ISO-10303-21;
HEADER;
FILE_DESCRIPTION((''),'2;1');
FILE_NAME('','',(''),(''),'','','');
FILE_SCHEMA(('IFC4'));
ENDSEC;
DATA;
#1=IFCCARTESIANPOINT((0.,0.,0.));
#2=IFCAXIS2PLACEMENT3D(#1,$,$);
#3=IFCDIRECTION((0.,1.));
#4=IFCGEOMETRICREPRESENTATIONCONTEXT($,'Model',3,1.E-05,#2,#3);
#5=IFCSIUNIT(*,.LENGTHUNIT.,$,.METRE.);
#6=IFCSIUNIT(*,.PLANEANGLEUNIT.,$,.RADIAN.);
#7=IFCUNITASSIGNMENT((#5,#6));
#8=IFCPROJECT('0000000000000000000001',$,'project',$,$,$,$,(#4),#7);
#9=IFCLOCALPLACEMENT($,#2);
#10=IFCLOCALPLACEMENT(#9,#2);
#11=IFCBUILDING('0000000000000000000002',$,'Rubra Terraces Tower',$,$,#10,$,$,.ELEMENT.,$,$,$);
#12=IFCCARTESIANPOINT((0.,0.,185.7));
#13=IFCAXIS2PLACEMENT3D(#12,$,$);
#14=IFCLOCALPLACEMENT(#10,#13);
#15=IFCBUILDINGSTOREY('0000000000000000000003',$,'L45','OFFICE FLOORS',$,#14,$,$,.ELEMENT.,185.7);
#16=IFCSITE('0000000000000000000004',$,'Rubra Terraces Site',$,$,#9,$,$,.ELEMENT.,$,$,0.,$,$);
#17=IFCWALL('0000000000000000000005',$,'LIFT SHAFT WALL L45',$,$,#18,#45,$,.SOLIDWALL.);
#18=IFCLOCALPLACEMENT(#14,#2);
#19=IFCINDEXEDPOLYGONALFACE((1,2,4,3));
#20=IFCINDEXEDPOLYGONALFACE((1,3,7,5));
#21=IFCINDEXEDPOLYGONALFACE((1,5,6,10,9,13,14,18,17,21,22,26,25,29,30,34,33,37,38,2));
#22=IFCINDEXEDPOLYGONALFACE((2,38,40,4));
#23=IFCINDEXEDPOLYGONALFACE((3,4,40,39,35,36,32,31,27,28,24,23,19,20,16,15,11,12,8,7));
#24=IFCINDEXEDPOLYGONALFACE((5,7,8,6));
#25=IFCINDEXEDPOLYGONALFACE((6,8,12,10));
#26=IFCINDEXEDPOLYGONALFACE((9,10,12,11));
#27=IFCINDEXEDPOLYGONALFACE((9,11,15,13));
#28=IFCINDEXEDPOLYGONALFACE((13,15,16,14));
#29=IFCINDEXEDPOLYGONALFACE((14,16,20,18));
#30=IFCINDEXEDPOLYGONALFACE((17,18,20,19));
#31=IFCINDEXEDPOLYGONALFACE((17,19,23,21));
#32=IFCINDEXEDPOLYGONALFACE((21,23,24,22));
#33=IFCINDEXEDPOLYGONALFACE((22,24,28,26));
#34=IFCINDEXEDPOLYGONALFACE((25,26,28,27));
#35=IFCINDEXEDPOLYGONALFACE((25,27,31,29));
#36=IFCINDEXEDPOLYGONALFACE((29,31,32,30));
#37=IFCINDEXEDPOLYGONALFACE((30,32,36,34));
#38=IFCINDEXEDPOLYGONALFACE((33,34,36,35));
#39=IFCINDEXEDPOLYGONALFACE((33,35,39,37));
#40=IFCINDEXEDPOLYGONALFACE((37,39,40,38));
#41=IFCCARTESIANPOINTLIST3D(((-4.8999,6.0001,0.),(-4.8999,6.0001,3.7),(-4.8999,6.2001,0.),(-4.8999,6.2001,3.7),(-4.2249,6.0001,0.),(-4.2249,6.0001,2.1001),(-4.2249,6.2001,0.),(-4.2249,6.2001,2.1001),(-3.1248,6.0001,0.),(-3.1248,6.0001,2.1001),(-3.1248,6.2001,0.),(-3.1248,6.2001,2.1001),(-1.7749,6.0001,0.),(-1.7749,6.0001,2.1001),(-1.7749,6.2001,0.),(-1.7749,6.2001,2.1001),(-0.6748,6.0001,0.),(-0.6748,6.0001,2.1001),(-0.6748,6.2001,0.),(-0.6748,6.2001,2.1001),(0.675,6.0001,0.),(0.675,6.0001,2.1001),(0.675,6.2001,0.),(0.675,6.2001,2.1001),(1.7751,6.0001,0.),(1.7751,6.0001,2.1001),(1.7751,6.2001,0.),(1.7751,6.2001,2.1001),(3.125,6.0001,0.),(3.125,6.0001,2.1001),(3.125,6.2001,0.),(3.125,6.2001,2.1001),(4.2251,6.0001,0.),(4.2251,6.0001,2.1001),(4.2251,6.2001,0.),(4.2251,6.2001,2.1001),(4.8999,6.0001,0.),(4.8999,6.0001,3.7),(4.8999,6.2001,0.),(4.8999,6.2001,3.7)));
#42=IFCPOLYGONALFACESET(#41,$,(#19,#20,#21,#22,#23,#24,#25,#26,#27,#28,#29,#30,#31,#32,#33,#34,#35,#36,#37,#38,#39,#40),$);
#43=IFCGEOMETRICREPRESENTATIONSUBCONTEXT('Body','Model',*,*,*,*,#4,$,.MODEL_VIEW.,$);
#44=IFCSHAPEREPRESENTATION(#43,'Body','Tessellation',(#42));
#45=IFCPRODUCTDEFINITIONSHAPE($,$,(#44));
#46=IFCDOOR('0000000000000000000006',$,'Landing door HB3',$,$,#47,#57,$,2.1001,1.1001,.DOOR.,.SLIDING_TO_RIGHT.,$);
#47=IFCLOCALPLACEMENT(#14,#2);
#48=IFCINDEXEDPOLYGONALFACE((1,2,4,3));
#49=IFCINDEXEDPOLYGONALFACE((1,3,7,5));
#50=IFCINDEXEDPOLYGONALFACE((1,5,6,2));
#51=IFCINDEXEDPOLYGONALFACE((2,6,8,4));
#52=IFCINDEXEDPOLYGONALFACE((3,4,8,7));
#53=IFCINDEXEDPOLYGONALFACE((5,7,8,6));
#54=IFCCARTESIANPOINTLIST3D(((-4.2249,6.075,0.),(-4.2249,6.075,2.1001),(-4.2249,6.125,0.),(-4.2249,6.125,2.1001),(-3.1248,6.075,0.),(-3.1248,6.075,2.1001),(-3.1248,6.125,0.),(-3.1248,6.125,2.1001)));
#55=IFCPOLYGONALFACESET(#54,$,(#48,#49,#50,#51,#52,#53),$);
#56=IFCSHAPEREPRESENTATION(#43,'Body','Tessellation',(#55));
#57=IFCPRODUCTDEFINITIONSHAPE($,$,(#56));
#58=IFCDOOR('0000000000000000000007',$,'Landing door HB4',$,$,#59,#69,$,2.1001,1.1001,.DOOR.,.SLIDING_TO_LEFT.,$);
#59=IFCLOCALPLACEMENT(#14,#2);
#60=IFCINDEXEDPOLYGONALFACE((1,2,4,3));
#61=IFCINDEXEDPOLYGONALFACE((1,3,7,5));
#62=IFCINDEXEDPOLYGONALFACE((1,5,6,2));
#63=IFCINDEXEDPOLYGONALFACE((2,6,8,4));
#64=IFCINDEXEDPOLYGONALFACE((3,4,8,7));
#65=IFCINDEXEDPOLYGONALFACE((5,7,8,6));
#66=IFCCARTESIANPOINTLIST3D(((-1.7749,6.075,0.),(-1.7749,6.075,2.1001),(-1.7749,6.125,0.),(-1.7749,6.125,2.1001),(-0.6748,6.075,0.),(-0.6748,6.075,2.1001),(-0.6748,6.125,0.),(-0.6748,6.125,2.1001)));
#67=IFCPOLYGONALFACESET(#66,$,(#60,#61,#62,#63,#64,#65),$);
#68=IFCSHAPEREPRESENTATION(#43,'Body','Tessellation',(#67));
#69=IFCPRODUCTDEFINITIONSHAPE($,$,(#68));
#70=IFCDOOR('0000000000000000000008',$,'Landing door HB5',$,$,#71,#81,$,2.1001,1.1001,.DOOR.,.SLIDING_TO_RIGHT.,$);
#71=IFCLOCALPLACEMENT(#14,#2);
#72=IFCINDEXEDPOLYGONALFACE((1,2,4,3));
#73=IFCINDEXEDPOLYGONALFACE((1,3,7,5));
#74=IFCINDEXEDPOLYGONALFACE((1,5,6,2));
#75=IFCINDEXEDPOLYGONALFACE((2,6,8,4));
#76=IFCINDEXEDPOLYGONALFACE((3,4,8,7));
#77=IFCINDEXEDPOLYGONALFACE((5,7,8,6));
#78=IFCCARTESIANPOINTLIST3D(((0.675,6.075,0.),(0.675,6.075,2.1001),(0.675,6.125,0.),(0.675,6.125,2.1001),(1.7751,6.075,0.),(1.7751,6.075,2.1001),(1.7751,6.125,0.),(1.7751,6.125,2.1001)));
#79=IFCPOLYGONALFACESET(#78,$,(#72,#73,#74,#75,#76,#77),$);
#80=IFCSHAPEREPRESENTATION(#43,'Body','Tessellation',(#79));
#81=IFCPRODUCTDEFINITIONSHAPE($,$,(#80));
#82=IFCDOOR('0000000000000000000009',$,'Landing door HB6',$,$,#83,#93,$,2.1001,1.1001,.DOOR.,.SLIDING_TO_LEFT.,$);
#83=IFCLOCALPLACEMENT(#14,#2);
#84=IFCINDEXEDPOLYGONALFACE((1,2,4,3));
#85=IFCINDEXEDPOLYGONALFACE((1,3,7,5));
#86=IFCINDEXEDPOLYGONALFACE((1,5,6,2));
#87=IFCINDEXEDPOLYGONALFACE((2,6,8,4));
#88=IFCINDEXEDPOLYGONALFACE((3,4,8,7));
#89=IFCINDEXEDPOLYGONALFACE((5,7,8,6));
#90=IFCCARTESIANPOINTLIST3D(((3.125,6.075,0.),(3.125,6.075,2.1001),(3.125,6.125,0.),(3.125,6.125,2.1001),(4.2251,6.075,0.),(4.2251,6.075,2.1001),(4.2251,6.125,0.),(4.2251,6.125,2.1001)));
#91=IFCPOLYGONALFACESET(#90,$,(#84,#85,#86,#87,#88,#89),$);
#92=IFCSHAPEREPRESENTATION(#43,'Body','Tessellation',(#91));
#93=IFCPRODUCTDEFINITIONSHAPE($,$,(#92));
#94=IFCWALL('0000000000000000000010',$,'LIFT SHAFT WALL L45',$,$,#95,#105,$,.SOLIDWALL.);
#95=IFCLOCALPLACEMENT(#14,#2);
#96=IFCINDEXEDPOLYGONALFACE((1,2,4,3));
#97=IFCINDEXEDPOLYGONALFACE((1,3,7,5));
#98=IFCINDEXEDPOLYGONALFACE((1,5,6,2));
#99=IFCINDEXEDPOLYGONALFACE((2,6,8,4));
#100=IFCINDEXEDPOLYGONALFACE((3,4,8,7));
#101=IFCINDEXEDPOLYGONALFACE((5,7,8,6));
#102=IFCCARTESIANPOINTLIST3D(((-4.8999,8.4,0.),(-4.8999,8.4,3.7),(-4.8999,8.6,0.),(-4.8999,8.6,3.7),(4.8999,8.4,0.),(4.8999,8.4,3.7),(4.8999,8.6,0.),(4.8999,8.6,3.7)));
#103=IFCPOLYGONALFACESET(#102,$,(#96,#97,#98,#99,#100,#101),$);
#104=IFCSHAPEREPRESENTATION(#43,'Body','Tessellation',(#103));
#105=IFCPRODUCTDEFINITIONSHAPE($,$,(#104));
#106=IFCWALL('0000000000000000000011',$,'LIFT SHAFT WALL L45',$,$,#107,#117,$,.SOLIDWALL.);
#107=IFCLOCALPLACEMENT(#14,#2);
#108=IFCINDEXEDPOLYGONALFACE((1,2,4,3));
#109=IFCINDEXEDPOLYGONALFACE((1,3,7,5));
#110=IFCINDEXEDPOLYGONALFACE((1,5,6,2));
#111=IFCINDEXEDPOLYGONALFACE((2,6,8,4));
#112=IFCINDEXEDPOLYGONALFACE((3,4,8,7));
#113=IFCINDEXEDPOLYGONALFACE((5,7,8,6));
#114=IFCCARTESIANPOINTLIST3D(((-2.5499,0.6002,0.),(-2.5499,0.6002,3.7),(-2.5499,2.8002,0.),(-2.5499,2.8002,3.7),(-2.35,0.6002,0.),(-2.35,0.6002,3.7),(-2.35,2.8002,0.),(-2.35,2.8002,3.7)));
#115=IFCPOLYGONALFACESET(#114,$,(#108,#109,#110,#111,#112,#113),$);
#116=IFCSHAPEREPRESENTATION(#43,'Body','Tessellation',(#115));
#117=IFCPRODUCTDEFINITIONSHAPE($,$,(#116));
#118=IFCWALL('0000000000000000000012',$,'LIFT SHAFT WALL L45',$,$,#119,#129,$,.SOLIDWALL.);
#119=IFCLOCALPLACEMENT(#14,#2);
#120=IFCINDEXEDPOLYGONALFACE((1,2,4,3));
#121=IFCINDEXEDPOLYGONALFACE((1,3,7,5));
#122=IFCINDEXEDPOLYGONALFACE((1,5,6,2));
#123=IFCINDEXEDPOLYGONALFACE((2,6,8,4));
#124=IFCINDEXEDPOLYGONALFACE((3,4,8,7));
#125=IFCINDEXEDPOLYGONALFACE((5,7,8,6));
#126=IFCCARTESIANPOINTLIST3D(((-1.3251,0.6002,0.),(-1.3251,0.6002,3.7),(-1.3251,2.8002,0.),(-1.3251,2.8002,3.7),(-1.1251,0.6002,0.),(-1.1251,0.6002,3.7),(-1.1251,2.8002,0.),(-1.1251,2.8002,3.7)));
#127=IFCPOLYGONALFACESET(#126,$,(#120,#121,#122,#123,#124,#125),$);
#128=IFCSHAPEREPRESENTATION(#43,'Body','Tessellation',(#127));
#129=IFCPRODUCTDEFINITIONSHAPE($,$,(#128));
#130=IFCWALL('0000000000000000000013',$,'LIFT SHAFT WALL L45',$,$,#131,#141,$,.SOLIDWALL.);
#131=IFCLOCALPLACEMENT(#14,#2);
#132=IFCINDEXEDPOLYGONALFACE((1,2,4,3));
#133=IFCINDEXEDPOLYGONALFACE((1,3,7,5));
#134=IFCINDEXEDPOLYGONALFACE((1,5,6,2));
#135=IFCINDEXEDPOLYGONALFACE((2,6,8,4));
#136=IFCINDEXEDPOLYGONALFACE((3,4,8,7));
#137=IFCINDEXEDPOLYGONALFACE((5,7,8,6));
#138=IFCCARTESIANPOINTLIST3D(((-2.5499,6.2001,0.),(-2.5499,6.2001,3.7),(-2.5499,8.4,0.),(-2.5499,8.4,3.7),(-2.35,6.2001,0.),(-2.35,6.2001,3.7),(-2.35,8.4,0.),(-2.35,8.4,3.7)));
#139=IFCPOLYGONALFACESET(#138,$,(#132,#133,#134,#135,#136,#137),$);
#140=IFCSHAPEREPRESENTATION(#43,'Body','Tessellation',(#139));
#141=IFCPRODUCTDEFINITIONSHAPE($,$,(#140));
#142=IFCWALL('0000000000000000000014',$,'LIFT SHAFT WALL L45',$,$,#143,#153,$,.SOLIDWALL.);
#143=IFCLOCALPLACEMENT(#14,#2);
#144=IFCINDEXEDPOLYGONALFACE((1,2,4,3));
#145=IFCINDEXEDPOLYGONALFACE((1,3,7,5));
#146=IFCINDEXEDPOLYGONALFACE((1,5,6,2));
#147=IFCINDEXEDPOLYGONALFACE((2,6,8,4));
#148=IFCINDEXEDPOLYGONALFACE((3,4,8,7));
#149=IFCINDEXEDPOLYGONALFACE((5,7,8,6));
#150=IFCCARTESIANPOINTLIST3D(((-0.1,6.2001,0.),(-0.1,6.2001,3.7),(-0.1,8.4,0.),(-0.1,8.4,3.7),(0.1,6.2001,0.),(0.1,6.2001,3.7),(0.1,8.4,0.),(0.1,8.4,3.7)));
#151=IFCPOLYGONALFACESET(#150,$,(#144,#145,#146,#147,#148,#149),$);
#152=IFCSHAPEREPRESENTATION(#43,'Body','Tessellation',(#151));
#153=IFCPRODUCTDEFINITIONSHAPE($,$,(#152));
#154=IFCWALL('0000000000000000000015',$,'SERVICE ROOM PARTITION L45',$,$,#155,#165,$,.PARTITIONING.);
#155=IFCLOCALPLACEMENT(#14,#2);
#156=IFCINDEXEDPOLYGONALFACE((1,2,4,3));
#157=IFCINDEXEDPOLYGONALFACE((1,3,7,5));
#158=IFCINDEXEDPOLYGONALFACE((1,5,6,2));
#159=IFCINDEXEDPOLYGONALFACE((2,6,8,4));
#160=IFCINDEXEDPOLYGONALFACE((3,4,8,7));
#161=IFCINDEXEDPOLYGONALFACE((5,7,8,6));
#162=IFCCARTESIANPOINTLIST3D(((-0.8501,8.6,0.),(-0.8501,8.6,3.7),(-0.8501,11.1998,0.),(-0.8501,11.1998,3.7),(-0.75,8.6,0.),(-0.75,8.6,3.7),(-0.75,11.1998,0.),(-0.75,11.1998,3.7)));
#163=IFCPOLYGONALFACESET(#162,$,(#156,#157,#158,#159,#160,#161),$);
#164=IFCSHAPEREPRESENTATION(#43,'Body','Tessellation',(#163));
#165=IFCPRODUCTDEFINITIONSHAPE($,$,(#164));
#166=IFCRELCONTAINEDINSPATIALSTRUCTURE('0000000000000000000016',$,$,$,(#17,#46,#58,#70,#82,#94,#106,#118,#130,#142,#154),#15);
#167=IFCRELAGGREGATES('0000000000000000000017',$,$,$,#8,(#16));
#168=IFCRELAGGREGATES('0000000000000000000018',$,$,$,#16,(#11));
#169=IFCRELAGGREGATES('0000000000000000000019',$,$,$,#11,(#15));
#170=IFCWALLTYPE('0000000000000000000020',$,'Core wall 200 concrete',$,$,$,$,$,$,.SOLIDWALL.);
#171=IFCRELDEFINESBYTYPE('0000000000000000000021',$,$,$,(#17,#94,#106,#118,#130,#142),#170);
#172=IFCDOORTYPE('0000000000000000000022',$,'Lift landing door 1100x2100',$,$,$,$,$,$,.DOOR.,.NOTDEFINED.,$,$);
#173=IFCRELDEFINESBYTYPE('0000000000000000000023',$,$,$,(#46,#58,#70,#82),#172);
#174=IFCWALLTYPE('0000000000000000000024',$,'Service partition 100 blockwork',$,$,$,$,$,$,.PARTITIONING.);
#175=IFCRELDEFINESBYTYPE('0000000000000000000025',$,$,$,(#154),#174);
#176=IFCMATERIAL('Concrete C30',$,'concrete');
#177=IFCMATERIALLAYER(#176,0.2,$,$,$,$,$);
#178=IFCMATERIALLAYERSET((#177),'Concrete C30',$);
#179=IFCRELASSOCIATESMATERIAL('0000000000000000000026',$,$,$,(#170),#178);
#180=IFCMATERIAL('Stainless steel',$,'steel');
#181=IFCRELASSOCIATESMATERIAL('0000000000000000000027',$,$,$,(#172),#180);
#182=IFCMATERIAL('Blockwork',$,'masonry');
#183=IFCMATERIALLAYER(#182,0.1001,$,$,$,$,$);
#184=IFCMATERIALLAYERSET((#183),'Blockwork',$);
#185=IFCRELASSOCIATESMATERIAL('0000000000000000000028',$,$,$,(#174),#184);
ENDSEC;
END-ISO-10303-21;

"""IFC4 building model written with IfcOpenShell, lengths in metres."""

from ifc_helpers import new_model, si_unit, direction, frame, frame_2d, origin, place, context, subcontext, project, spatial, rectangle, extrude, material, layer, layer_set, type_object, element, fill, save


model = new_model("IFC4")

# Units and contexts
model_context = context("Model", 3, precision=1e-05, world=origin(), true_north=direction((0.0, 1.0)))
body_context = subcontext(model_context, "Body", "Model", "MODEL_VIEW")
ifc_project = project(units=[si_unit("LENGTHUNIT", "METRE"), si_unit("PLANEANGLEUNIT", "RADIAN")], contexts=[model_context])

# Site, building, storey
site_placement = place(None, origin())
site = spatial("IfcSite", under=ifc_project, at=site_placement, Name="Rubra Terraces Site", CompositionType="ELEMENT", RefElevation=0.0)
building_placement = place(site_placement, origin())
building = spatial("IfcBuilding", under=site, at=building_placement, Name="Rubra Terraces Tower", CompositionType="ELEMENT")
storey_placement = place(building_placement, frame((0.0, 0.0, 185.7)))
storey = spatial("IfcBuildingStorey", under=building, at=storey_placement, Name="L45", Description="OFFICE FLOORS", CompositionType="ELEMENT", Elevation=185.7)

# Shared definitions
ifc_material_1 = material(Name="Concrete C30", Category="concrete")
ifc_layer_1 = layer(ifc_material_1, 0.2)
ifc_layer_set_1 = layer_set([ifc_layer_1], Name="Concrete C30")
wall_type_1 = type_object("IfcWallType", Name="Core wall 200 concrete", PredefinedType="SOLIDWALL", material=ifc_layer_set_1)

# Wall, openings, doors
ifc_material_2 = material(Name="Stainless steel", Category="steel")
door_type_1 = type_object("IfcDoorType", Name="Lift landing door 1100x2100", OperationType="NOTDEFINED", PredefinedType="DOOR", material=ifc_material_2)
wall_1_placement = place(storey_placement, frame((-4.8999, 6.1001, 0.0), z_axis=(0.0, 0.0, 1.0), x_axis=(1.0, 0.0, 0.0)))
wall_1 = element("IfcWall", 1, at=wall_1_placement, inside=storey, type_object=wall_type_1, Name="LIFT SHAFT WALL L45", PredefinedType="SOLIDWALL", context=body_context, shape_type="SweptSolid", body=[
    extrude(rectangle(XDim=9.7998, YDim=0.2, at=frame_2d((4.8999, 0.0))), origin(), (0.0, 0.0, 1.0), 3.7),
])
opening_1_placement = place(wall_1_placement, frame((0.675, 0.0, 0.0)))
opening_1 = element("IfcOpeningElement", 2, at=opening_1_placement, cuts=wall_1, PredefinedType="OPENING", context=body_context, shape_type="SweptSolid", body=[
    extrude(rectangle(XDim=1.1001, YDim=2.1001, at=frame_2d((0.55, 1.05))), frame((0.0, 0.1099, 0.0), z_axis=(0.0, -1.0, 0.0), x_axis=(1.0, 0.0, 0.0)), (0.0, 0.0, 1.0), 0.22),
])
opening_2_placement = place(wall_1_placement, frame((3.125, 0.0, 0.0)))
opening_2 = element("IfcOpeningElement", 3, at=opening_2_placement, cuts=wall_1, PredefinedType="OPENING", context=body_context, shape_type="SweptSolid", body=[
    extrude(rectangle(XDim=1.1001, YDim=2.1001, at=frame_2d((0.55, 1.05))), frame((0.0, 0.1099, 0.0), z_axis=(0.0, -1.0, 0.0), x_axis=(1.0, 0.0, 0.0)), (0.0, 0.0, 1.0), 0.22),
])
opening_3_placement = place(wall_1_placement, frame((5.575, 0.0, 0.0)))
opening_3 = element("IfcOpeningElement", 4, at=opening_3_placement, cuts=wall_1, PredefinedType="OPENING", context=body_context, shape_type="SweptSolid", body=[
    extrude(rectangle(XDim=1.1001, YDim=2.1001, at=frame_2d((0.55, 1.05))), frame((0.0, 0.1099, 0.0), z_axis=(0.0, -1.0, 0.0), x_axis=(1.0, 0.0, 0.0)), (0.0, 0.0, 1.0), 0.22),
])
opening_4_placement = place(wall_1_placement, frame((8.0249, 0.0, 0.0)))
opening_4 = element("IfcOpeningElement", 5, at=opening_4_placement, cuts=wall_1, PredefinedType="OPENING", context=body_context, shape_type="SweptSolid", body=[
    extrude(rectangle(XDim=1.1001, YDim=2.1001, at=frame_2d((0.55, 1.05))), frame((0.0, 0.1099, 0.0), z_axis=(0.0, -1.0, 0.0), x_axis=(1.0, 0.0, 0.0)), (0.0, 0.0, 1.0), 0.22),
])
door_1_placement = place(opening_1_placement, origin())
door_1 = element("IfcDoor", 6, at=door_1_placement, inside=storey, type_object=door_type_1, Name="Landing door HB3", OperationType="SLIDING_TO_RIGHT", OverallHeight=2.1001, OverallWidth=1.1001, PredefinedType="DOOR", context=body_context, shape_type="SweptSolid", body=[
    extrude(rectangle(XDim=1.1001, YDim=2.1001, at=frame_2d((0.55, 1.05))), frame((0.0, 0.0249, 0.0), z_axis=(0.0, -1.0, 0.0), x_axis=(1.0, 0.0, 0.0)), (0.0, 0.0, 1.0), 0.05),
])
fill(opening_1, door_1)
door_2_placement = place(opening_2_placement, origin())
door_2 = element("IfcDoor", 7, at=door_2_placement, inside=storey, type_object=door_type_1, Name="Landing door HB4", OperationType="SLIDING_TO_LEFT", OverallHeight=2.1001, OverallWidth=1.1001, PredefinedType="DOOR", context=body_context, shape_type="SweptSolid", body=[
    extrude(rectangle(XDim=1.1001, YDim=2.1001, at=frame_2d((0.55, 1.05))), frame((0.0, 0.0249, 0.0), z_axis=(0.0, -1.0, 0.0), x_axis=(1.0, 0.0, 0.0)), (0.0, 0.0, 1.0), 0.05),
])
fill(opening_2, door_2)
door_3_placement = place(opening_3_placement, origin())
door_3 = element("IfcDoor", 8, at=door_3_placement, inside=storey, type_object=door_type_1, Name="Landing door HB5", OperationType="SLIDING_TO_RIGHT", OverallHeight=2.1001, OverallWidth=1.1001, PredefinedType="DOOR", context=body_context, shape_type="SweptSolid", body=[
    extrude(rectangle(XDim=1.1001, YDim=2.1001, at=frame_2d((0.55, 1.05))), frame((0.0, 0.0249, 0.0), z_axis=(0.0, -1.0, 0.0), x_axis=(1.0, 0.0, 0.0)), (0.0, 0.0, 1.0), 0.05),
])
fill(opening_3, door_3)
door_4_placement = place(opening_4_placement, origin())
door_4 = element("IfcDoor", 9, at=door_4_placement, inside=storey, type_object=door_type_1, Name="Landing door HB6", OperationType="SLIDING_TO_LEFT", OverallHeight=2.1001, OverallWidth=1.1001, PredefinedType="DOOR", context=body_context, shape_type="SweptSolid", body=[
    extrude(rectangle(XDim=1.1001, YDim=2.1001, at=frame_2d((0.55, 1.05))), frame((0.0, 0.0249, 0.0), z_axis=(0.0, -1.0, 0.0), x_axis=(1.0, 0.0, 0.0)), (0.0, 0.0, 1.0), 0.05),
])
fill(opening_4, door_4)

# Walls
wall_2_placement = place(storey_placement, frame((-4.8999, 8.5, 0.0), z_axis=(0.0, 0.0, 1.0), x_axis=(1.0, 0.0, 0.0)))
element("IfcWall", 10, at=wall_2_placement, inside=storey, type_object=wall_type_1, Name="LIFT SHAFT WALL L45", PredefinedType="SOLIDWALL", context=body_context, shape_type="SweptSolid", body=[
    extrude(rectangle(XDim=9.7998, YDim=0.2, at=frame_2d((4.8999, 0.0))), origin(), (0.0, 0.0, 1.0), 3.7),
])
for number, where, z_axis, x_axis, name in (
    (11, (-2.45, 0.6001, 0.0), (0.0, 0.0, 1.0), (0.0, 1.0, 0.0), "LIFT SHAFT WALL L45"),
    (12, (-1.2251, 0.6001, 0.0), (0.0, 0.0, 1.0), (0.0, 1.0, 0.0), "LIFT SHAFT WALL L45"),
    (13, (-2.45, 6.2, 0.0), (0.0, 0.0, 1.0), (0.0, 1.0, 0.0), "LIFT SHAFT WALL L45"),
    (14, (0.0, 6.2, 0.0), (0.0, 0.0, 1.0), (0.0, 1.0, 0.0), "LIFT SHAFT WALL L45"),
):
    element("IfcWall", number, at=place(storey_placement, frame(where, z_axis=z_axis, x_axis=x_axis)), inside=storey, type_object=wall_type_1, Name=name, PredefinedType="SOLIDWALL", context=body_context, shape_type="SweptSolid", body=[
        extrude(rectangle(XDim=2.2, YDim=0.2, at=frame_2d((1.1001, 0.0))), origin(), (0.0, 0.0, 1.0), 3.7),
    ])
ifc_material_3 = material(Name="Blockwork", Category="masonry")
ifc_layer_2 = layer(ifc_material_3, 0.1001)
ifc_layer_set_2 = layer_set([ifc_layer_2], Name="Blockwork")
wall_type_2 = type_object("IfcWallType", Name="Service partition 100 blockwork", PredefinedType="PARTITIONING", material=ifc_layer_set_2)
wall_3_placement = place(storey_placement, frame((-0.8, 8.6001, 0.0), z_axis=(0.0, 0.0, 1.0), x_axis=(0.0, 1.0, 0.0)))
element("IfcWall", 15, at=wall_3_placement, inside=storey, type_object=wall_type_2, Name="SERVICE ROOM PARTITION L45", PredefinedType="PARTITIONING", context=body_context, shape_type="SweptSolid", body=[
    extrude(rectangle(XDim=2.5999, YDim=0.1001, at=frame_2d((1.2998, 0.0))), origin(), (0.0, 0.0, 1.0), 3.7),
])

save(model, "model.ifc")
